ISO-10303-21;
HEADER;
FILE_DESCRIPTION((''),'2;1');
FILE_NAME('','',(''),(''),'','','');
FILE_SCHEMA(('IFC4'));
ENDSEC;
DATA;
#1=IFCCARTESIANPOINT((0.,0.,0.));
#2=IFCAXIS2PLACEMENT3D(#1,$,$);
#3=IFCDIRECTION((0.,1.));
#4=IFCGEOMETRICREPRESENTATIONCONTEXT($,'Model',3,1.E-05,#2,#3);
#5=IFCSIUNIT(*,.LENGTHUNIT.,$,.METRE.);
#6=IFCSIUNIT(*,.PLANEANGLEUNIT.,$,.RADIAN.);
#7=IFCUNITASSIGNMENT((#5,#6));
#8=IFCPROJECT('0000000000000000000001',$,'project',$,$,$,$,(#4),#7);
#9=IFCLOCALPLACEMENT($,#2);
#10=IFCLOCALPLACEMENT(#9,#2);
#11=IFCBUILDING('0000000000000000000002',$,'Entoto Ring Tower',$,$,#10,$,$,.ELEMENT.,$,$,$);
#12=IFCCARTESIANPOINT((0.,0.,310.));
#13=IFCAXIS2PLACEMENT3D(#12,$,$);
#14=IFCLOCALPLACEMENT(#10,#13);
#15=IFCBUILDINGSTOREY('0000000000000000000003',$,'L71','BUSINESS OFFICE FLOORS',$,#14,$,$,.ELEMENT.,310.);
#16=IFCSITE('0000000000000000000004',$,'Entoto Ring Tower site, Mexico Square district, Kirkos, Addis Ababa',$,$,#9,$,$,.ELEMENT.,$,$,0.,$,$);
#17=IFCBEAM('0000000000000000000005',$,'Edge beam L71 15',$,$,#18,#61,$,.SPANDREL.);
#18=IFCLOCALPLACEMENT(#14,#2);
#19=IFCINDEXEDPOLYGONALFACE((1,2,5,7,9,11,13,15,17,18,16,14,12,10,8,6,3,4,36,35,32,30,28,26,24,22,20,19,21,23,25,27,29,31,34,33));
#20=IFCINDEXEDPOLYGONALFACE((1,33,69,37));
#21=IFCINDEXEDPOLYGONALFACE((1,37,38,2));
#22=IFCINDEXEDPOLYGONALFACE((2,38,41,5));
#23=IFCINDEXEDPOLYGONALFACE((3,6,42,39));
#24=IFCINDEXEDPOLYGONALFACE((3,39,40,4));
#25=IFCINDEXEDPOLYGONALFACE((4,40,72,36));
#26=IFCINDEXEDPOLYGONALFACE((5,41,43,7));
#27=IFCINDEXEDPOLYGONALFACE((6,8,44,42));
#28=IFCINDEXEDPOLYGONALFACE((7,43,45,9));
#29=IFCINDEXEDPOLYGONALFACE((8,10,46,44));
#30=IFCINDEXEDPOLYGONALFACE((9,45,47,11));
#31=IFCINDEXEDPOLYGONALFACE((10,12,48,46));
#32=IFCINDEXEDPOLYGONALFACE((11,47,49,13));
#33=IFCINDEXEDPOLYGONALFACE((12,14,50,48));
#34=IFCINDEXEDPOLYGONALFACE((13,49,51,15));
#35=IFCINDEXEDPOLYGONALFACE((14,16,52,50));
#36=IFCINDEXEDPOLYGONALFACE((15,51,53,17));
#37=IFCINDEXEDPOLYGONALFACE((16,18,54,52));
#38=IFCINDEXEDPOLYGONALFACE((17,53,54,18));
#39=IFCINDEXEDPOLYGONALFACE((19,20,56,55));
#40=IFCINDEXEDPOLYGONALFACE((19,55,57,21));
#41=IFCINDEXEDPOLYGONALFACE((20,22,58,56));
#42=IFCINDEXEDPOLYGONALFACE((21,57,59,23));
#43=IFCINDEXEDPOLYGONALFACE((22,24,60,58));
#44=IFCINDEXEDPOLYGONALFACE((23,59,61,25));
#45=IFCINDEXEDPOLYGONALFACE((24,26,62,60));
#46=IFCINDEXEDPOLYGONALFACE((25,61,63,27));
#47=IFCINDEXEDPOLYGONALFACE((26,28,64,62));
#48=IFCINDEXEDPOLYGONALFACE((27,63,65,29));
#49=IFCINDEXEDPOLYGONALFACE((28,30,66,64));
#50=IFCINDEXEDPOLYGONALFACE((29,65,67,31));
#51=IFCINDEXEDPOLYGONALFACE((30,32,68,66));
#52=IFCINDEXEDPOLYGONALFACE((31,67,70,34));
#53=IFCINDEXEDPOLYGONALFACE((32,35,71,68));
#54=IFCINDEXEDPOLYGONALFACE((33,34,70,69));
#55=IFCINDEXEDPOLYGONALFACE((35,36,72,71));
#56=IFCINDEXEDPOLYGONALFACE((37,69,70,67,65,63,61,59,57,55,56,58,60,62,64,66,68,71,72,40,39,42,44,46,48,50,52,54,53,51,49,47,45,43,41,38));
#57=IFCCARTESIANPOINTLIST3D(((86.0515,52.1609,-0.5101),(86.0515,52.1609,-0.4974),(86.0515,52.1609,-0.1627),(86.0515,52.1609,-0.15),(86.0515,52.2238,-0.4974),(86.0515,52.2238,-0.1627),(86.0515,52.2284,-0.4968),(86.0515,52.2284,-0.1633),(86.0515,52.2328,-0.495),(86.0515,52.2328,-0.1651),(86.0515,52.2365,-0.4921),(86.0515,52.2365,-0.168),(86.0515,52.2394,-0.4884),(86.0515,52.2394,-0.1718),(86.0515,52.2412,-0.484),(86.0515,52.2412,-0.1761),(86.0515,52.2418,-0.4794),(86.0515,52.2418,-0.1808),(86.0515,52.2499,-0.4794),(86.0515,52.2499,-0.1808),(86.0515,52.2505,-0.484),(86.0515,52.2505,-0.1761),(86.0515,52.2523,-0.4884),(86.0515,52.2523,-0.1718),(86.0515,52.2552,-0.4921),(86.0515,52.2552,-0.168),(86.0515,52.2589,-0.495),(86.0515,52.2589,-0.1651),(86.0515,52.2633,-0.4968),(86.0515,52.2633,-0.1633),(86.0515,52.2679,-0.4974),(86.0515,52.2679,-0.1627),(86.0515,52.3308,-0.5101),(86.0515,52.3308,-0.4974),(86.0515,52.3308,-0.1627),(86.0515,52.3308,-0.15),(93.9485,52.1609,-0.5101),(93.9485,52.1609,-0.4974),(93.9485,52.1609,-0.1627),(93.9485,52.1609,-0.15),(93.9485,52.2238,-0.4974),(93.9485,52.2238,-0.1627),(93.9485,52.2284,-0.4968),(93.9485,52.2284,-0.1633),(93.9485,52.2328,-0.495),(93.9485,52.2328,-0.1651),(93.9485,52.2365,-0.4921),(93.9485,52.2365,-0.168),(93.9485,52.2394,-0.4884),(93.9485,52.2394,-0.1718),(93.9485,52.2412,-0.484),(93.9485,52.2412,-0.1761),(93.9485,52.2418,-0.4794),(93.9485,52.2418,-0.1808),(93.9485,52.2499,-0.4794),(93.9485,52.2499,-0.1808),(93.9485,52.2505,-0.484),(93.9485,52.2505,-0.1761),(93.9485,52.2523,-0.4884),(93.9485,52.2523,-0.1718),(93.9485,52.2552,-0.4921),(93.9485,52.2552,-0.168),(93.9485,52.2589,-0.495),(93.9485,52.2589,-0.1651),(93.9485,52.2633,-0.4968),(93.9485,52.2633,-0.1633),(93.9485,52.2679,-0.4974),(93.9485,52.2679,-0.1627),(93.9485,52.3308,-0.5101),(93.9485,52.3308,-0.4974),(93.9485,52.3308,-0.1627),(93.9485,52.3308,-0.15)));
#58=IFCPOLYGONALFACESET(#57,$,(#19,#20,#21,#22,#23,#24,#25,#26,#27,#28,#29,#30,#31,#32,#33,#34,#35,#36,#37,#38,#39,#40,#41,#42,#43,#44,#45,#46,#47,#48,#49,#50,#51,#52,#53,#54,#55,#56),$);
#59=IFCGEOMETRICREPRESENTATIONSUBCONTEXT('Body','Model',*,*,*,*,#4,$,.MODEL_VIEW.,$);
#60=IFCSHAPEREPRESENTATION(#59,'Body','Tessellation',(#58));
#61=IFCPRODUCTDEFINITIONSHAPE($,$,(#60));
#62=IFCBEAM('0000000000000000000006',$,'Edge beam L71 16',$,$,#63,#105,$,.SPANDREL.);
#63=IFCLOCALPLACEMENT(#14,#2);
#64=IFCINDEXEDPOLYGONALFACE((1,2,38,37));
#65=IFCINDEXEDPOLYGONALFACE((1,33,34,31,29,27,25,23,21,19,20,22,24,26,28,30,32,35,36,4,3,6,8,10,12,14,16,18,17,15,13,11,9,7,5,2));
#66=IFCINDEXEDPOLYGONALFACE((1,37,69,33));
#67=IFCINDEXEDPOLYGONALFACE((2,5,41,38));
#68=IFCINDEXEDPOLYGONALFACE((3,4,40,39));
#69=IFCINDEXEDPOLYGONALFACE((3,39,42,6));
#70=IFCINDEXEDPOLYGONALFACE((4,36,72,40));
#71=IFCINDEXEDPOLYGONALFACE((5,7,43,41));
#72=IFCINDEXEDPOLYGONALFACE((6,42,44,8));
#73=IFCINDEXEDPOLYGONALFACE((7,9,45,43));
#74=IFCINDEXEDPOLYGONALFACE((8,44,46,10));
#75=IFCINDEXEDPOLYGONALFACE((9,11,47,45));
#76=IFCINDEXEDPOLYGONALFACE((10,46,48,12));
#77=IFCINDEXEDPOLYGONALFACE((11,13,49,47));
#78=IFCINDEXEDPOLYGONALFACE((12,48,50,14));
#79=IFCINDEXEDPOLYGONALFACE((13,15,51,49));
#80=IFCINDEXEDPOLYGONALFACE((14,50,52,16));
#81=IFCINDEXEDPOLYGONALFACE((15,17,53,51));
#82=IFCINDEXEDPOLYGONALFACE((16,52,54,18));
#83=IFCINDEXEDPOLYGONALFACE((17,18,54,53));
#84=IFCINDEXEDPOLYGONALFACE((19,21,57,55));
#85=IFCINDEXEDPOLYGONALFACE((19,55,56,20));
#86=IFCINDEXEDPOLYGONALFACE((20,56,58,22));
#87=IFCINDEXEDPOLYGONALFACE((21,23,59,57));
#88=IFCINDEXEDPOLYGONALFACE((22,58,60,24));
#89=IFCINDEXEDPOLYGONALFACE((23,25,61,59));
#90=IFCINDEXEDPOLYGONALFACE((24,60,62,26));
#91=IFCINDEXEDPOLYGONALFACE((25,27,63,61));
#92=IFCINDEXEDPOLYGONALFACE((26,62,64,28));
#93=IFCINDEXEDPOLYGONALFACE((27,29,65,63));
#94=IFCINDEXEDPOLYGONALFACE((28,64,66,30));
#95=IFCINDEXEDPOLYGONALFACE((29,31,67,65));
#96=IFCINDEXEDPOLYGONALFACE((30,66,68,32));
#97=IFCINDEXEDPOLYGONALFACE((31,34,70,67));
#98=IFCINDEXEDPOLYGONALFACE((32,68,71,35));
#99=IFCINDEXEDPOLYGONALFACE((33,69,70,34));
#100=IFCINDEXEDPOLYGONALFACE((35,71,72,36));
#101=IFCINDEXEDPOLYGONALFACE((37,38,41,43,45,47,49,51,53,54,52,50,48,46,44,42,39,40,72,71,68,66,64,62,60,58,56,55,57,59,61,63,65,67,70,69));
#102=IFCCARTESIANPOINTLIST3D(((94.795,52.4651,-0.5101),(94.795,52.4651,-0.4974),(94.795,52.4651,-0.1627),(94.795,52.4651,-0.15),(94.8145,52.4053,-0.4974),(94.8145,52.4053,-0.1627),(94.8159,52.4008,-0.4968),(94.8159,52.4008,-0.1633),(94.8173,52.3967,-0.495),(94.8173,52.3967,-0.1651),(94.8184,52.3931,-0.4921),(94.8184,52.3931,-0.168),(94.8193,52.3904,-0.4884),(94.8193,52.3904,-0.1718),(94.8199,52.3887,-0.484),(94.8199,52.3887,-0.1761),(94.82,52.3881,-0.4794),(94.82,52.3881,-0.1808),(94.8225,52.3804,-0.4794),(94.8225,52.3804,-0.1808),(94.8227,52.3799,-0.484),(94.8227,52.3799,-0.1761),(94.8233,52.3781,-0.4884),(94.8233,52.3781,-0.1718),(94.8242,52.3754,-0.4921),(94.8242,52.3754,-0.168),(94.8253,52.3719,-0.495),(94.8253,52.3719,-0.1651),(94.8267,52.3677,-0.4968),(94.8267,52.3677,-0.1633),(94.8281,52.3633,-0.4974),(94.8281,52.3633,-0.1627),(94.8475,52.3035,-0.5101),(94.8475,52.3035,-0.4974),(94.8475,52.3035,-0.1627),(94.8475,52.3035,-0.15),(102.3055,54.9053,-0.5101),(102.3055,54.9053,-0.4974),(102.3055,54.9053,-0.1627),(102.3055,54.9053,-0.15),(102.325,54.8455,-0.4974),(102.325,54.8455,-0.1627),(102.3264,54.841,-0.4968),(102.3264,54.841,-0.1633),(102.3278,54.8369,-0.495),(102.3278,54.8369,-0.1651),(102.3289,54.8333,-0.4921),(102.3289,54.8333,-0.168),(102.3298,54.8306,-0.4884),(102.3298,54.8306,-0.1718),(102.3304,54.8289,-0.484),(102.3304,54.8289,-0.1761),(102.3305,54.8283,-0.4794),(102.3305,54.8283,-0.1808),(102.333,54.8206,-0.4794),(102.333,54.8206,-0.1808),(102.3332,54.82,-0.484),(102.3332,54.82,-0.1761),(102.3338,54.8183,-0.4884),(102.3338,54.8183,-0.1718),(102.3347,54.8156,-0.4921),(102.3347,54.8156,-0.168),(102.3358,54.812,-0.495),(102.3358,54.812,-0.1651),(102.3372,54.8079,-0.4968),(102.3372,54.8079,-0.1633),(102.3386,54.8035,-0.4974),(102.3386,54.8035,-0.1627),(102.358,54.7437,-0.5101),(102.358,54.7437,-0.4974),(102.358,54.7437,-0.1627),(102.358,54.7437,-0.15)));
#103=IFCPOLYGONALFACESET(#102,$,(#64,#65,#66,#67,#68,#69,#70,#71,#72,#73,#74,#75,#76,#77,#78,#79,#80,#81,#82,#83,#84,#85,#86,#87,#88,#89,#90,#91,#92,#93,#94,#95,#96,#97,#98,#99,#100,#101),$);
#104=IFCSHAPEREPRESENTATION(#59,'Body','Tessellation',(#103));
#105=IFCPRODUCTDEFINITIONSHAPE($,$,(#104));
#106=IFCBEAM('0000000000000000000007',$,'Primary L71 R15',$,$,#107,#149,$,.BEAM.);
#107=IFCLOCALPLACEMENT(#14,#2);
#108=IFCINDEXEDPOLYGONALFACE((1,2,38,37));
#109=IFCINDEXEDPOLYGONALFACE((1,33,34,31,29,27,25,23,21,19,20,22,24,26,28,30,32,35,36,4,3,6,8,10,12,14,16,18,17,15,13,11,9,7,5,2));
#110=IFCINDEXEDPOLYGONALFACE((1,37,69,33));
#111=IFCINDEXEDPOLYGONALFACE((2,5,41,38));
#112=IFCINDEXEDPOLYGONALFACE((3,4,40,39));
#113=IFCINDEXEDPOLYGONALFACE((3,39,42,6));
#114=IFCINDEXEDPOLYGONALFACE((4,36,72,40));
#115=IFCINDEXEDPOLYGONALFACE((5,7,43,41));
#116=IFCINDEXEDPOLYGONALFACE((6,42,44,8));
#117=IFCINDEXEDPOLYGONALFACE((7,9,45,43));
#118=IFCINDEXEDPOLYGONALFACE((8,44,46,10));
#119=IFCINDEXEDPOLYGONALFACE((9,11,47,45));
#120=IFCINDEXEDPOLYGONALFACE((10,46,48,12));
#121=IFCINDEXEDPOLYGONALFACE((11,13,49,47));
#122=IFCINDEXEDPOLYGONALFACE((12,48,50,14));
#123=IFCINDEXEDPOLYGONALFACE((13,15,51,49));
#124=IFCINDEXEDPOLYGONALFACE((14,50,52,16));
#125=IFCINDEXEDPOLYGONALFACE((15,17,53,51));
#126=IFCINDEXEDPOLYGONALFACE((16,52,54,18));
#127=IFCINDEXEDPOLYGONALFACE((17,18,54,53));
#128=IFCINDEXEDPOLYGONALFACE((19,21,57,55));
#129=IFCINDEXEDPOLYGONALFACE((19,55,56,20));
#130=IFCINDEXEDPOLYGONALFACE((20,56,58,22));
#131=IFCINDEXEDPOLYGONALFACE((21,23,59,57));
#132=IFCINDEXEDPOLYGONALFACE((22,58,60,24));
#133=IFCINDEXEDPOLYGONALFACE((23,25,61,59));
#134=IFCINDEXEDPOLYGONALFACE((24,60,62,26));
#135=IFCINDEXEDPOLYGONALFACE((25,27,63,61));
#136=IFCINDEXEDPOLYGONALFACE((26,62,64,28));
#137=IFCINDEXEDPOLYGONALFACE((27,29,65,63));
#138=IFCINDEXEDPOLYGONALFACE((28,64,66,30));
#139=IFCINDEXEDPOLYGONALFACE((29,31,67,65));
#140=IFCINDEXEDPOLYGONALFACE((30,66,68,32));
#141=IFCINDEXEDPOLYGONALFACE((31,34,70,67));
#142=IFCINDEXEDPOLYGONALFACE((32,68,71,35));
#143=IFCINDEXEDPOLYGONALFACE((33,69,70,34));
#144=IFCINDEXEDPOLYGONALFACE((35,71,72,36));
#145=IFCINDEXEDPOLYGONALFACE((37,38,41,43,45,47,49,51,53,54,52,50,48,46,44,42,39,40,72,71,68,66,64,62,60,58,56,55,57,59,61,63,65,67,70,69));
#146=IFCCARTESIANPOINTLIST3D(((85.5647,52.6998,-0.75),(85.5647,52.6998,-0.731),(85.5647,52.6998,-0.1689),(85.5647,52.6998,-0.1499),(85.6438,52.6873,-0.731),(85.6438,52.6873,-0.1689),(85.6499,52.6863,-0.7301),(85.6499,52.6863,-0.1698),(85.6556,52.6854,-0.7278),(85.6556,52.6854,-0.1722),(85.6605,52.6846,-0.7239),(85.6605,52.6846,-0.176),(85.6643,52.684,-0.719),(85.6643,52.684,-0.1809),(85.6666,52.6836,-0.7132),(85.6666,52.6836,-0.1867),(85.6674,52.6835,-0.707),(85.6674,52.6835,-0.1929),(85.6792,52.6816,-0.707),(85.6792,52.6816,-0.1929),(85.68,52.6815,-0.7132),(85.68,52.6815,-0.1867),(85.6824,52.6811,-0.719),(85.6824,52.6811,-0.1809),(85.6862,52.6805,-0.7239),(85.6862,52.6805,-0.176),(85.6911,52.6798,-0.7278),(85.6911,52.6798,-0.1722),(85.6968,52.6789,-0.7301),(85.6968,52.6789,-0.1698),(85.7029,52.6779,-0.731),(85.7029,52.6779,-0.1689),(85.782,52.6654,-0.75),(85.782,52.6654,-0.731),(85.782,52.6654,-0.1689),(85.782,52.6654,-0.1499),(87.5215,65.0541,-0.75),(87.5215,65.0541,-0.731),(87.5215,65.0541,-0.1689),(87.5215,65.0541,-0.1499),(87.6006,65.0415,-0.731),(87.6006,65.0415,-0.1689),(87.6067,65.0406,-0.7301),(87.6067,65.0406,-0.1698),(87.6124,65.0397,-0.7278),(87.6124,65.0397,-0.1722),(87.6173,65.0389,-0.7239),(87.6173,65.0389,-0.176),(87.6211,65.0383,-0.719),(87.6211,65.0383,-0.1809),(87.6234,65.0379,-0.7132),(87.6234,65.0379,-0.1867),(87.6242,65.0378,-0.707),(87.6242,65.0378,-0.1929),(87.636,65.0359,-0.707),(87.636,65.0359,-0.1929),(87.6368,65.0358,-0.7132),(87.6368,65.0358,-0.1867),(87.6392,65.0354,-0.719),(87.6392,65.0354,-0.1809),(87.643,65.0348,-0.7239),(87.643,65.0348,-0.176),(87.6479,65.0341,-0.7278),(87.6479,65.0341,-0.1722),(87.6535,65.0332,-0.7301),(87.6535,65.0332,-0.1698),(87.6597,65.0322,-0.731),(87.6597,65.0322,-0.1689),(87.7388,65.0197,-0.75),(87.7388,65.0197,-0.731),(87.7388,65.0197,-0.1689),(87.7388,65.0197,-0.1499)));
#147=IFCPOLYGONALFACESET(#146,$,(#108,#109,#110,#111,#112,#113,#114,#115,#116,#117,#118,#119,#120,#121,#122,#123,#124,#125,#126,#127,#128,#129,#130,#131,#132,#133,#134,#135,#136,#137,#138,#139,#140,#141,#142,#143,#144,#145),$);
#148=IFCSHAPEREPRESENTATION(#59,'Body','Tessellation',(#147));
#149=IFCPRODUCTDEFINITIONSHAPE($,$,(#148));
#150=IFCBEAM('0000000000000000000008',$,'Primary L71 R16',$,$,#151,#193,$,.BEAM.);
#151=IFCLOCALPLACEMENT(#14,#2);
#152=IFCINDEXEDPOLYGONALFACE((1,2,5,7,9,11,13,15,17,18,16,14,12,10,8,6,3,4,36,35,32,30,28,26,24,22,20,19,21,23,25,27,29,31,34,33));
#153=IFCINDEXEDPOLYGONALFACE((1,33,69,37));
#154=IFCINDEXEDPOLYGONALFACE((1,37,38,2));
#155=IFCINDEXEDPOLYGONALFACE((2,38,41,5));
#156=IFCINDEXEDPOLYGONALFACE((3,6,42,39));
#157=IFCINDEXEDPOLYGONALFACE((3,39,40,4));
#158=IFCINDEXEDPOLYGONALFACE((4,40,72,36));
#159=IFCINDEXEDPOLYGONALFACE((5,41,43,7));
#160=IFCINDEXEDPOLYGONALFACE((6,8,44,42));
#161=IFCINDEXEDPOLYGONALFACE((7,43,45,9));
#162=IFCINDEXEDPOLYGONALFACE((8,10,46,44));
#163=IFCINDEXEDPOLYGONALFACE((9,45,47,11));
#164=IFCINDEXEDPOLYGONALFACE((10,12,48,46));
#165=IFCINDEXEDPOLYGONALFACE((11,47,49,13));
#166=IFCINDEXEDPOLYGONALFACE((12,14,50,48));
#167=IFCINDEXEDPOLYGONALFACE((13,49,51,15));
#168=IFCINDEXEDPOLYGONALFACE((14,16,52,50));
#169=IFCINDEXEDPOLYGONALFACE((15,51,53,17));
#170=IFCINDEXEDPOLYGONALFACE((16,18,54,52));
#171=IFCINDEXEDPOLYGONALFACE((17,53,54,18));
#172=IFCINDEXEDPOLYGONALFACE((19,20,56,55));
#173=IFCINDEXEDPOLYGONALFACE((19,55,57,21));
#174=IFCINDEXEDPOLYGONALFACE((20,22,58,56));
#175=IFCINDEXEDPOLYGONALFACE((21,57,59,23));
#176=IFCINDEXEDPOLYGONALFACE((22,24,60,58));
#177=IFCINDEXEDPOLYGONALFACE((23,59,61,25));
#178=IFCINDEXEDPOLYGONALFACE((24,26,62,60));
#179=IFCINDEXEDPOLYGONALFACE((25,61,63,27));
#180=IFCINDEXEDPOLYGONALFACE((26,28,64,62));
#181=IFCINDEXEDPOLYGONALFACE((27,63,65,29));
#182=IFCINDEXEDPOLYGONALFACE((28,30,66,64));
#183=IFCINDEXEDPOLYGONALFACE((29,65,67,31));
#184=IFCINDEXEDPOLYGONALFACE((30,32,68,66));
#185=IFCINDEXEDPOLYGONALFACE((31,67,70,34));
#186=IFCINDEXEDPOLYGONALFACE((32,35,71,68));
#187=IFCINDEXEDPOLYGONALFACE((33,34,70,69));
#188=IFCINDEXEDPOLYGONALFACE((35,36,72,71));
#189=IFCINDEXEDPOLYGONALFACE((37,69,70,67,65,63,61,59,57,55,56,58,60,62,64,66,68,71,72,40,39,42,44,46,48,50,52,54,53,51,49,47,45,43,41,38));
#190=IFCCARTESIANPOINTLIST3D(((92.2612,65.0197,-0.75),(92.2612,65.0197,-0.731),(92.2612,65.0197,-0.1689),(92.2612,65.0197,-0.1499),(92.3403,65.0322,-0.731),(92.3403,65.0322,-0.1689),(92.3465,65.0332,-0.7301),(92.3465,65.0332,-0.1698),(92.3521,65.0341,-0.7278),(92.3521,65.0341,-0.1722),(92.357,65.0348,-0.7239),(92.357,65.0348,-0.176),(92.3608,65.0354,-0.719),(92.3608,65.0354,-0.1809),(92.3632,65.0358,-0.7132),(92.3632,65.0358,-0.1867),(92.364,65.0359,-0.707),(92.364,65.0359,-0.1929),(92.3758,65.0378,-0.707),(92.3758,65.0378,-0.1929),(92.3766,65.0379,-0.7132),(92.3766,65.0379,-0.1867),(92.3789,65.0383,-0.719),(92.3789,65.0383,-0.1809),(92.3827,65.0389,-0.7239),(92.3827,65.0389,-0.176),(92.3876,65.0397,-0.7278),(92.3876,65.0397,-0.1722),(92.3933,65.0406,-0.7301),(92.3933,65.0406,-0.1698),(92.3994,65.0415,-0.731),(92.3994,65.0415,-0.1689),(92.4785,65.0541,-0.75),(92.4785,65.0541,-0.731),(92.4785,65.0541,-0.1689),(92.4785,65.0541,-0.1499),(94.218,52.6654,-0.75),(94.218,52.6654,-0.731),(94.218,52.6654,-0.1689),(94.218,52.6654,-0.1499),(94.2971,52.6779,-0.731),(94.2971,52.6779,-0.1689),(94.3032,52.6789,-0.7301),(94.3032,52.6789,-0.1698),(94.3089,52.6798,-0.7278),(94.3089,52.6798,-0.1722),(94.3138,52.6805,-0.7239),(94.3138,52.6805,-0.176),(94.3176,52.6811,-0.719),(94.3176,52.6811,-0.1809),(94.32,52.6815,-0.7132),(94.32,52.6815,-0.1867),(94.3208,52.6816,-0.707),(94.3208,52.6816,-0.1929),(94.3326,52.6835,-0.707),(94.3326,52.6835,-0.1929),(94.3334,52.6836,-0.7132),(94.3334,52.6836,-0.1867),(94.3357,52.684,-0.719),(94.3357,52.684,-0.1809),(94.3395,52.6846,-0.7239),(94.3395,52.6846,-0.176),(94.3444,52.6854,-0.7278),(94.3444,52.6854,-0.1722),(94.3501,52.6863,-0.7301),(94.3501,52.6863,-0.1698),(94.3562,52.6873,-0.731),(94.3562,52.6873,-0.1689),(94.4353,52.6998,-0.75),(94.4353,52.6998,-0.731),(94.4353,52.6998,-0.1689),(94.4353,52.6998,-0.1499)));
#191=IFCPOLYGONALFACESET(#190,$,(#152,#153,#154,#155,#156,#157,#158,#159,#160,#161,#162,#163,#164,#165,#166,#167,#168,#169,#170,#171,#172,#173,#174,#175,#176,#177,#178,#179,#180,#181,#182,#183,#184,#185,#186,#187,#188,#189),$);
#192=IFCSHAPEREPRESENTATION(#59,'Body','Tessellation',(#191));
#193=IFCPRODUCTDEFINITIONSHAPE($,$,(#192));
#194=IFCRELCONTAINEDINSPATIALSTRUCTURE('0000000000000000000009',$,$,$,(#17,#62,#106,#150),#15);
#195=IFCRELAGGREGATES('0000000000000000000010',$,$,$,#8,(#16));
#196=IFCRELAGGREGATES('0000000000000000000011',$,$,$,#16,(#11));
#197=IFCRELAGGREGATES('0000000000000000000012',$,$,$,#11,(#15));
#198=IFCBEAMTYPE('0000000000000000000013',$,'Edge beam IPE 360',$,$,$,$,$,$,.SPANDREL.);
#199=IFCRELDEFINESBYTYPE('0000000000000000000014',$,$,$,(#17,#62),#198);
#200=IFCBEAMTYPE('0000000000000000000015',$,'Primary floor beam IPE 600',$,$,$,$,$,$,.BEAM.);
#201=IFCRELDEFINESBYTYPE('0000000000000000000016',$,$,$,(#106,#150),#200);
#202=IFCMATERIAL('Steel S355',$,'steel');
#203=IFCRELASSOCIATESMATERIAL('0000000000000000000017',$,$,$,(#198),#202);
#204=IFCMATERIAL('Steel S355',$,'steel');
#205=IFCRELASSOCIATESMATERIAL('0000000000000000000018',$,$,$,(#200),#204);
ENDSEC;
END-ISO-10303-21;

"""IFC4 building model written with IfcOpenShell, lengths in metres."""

from ifc_helpers import new_model, si_unit, direction, frame, origin, origin_2d, place, context, subcontext, project, spatial, i_section, extrude, material, material_profile, profile_set, type_object, element, save


model = new_model("IFC4")

# Units and contexts
model_context = context("Model", 3, precision=1e-05, world=origin(), true_north=direction((0.0, 1.0)))
body_context = subcontext(model_context, "Body", "Model", "MODEL_VIEW")
ifc_project = project(units=[si_unit("LENGTHUNIT", "METRE"), si_unit("PLANEANGLEUNIT", "RADIAN")], contexts=[model_context])

# Site, building, storey
site_placement = place(None, origin())
site = spatial("IfcSite", under=ifc_project, at=site_placement, Name="Entoto Ring Tower site, Mexico Square district, Kirkos, Addis Ababa", CompositionType="ELEMENT", RefElevation=0.0)
building_placement = place(site_placement, origin())
building = spatial("IfcBuilding", under=site, at=building_placement, Name="Entoto Ring Tower", CompositionType="ELEMENT")
storey_placement = place(building_placement, frame((0.0, 0.0, 310.0)))
storey = spatial("IfcBuildingStorey", under=building, at=storey_placement, Name="L71", Description="BUSINESS OFFICE FLOORS", CompositionType="ELEMENT", Elevation=310.0)

# Beams
ifc_material_1 = material(Name="Steel S355", Category="steel")
ifc_material_profile_1 = material_profile(ifc_material_1, i_section(OverallWidth=0.1699, OverallDepth=0.3601, WebThickness=0.0081, FlangeThickness=0.0127, FilletRadius=0.0181, at=origin_2d()), Name="IPE 360")
ifc_profile_set_1 = profile_set([ifc_material_profile_1], Name="Steel S355")
beam_type_1 = type_object("IfcBeamType", Name="Edge beam IPE 360", PredefinedType="SPANDREL", material=ifc_profile_set_1)
for number, where, z_axis, x_axis, name in (
    (1, (86.0515, 52.2458, -0.3301), (1.0, 0.0, 0.0), (0.0, 1.0, 0.0), "Edge beam L71 15"),
    (2, (94.8213, 52.3843, -0.3301), (0.951061, 0.309003, 0.0), (-0.309003, 0.951061, 0.0), "Edge beam L71 16"),
):
    element("IfcBeam", number, at=place(storey_placement, frame(where, z_axis=z_axis, x_axis=x_axis)), inside=storey, type_object=beam_type_1, Name=name, PredefinedType="SPANDREL", context=body_context, shape_type="SweptSolid", body=[
        extrude(i_section(OverallWidth=0.1699, OverallDepth=0.3601, WebThickness=0.0081, FlangeThickness=0.0127, FilletRadius=0.0181, at=origin_2d()), origin(), (0.0, 0.0, 1.0), 7.897),
    ])
ifc_material_2 = material(Name="Steel S355", Category="steel")
ifc_material_profile_2 = material_profile(ifc_material_2, i_section(OverallWidth=0.22, OverallDepth=0.6001, WebThickness=0.012, FlangeThickness=0.019, FilletRadius=0.0239, at=origin_2d()), Name="IPE 600")
ifc_profile_set_2 = profile_set([ifc_material_profile_2], Name="Steel S355")
beam_type_2 = type_object("IfcBeamType", Name="Primary floor beam IPE 600", PredefinedType="BEAM", material=ifc_profile_set_2)
for number, where, z_axis, x_axis, name in (
    (3, (87.6301, 65.0369, -0.45), (-0.15644, -0.987688, 0.0), (0.987688, -0.15644, 0.0), "Primary L71 R15"),
    (4, (92.3699, 65.0369, -0.45), (0.15644, -0.987688, 0.0), (0.987688, 0.15644, 0.0), "Primary L71 R16"),
):
    element("IfcBeam", number, at=place(storey_placement, frame(where, z_axis=z_axis, x_axis=x_axis)), inside=storey, type_object=beam_type_2, Name=name, PredefinedType="BEAM", context=body_context, shape_type="SweptSolid", body=[
        extrude(i_section(OverallWidth=0.22, OverallDepth=0.6001, WebThickness=0.012, FlangeThickness=0.019, FilletRadius=0.0239, at=origin_2d()), origin(), (0.0, 0.0, 1.0), 12.5083),
    ])

save(model, "model.ifc")
